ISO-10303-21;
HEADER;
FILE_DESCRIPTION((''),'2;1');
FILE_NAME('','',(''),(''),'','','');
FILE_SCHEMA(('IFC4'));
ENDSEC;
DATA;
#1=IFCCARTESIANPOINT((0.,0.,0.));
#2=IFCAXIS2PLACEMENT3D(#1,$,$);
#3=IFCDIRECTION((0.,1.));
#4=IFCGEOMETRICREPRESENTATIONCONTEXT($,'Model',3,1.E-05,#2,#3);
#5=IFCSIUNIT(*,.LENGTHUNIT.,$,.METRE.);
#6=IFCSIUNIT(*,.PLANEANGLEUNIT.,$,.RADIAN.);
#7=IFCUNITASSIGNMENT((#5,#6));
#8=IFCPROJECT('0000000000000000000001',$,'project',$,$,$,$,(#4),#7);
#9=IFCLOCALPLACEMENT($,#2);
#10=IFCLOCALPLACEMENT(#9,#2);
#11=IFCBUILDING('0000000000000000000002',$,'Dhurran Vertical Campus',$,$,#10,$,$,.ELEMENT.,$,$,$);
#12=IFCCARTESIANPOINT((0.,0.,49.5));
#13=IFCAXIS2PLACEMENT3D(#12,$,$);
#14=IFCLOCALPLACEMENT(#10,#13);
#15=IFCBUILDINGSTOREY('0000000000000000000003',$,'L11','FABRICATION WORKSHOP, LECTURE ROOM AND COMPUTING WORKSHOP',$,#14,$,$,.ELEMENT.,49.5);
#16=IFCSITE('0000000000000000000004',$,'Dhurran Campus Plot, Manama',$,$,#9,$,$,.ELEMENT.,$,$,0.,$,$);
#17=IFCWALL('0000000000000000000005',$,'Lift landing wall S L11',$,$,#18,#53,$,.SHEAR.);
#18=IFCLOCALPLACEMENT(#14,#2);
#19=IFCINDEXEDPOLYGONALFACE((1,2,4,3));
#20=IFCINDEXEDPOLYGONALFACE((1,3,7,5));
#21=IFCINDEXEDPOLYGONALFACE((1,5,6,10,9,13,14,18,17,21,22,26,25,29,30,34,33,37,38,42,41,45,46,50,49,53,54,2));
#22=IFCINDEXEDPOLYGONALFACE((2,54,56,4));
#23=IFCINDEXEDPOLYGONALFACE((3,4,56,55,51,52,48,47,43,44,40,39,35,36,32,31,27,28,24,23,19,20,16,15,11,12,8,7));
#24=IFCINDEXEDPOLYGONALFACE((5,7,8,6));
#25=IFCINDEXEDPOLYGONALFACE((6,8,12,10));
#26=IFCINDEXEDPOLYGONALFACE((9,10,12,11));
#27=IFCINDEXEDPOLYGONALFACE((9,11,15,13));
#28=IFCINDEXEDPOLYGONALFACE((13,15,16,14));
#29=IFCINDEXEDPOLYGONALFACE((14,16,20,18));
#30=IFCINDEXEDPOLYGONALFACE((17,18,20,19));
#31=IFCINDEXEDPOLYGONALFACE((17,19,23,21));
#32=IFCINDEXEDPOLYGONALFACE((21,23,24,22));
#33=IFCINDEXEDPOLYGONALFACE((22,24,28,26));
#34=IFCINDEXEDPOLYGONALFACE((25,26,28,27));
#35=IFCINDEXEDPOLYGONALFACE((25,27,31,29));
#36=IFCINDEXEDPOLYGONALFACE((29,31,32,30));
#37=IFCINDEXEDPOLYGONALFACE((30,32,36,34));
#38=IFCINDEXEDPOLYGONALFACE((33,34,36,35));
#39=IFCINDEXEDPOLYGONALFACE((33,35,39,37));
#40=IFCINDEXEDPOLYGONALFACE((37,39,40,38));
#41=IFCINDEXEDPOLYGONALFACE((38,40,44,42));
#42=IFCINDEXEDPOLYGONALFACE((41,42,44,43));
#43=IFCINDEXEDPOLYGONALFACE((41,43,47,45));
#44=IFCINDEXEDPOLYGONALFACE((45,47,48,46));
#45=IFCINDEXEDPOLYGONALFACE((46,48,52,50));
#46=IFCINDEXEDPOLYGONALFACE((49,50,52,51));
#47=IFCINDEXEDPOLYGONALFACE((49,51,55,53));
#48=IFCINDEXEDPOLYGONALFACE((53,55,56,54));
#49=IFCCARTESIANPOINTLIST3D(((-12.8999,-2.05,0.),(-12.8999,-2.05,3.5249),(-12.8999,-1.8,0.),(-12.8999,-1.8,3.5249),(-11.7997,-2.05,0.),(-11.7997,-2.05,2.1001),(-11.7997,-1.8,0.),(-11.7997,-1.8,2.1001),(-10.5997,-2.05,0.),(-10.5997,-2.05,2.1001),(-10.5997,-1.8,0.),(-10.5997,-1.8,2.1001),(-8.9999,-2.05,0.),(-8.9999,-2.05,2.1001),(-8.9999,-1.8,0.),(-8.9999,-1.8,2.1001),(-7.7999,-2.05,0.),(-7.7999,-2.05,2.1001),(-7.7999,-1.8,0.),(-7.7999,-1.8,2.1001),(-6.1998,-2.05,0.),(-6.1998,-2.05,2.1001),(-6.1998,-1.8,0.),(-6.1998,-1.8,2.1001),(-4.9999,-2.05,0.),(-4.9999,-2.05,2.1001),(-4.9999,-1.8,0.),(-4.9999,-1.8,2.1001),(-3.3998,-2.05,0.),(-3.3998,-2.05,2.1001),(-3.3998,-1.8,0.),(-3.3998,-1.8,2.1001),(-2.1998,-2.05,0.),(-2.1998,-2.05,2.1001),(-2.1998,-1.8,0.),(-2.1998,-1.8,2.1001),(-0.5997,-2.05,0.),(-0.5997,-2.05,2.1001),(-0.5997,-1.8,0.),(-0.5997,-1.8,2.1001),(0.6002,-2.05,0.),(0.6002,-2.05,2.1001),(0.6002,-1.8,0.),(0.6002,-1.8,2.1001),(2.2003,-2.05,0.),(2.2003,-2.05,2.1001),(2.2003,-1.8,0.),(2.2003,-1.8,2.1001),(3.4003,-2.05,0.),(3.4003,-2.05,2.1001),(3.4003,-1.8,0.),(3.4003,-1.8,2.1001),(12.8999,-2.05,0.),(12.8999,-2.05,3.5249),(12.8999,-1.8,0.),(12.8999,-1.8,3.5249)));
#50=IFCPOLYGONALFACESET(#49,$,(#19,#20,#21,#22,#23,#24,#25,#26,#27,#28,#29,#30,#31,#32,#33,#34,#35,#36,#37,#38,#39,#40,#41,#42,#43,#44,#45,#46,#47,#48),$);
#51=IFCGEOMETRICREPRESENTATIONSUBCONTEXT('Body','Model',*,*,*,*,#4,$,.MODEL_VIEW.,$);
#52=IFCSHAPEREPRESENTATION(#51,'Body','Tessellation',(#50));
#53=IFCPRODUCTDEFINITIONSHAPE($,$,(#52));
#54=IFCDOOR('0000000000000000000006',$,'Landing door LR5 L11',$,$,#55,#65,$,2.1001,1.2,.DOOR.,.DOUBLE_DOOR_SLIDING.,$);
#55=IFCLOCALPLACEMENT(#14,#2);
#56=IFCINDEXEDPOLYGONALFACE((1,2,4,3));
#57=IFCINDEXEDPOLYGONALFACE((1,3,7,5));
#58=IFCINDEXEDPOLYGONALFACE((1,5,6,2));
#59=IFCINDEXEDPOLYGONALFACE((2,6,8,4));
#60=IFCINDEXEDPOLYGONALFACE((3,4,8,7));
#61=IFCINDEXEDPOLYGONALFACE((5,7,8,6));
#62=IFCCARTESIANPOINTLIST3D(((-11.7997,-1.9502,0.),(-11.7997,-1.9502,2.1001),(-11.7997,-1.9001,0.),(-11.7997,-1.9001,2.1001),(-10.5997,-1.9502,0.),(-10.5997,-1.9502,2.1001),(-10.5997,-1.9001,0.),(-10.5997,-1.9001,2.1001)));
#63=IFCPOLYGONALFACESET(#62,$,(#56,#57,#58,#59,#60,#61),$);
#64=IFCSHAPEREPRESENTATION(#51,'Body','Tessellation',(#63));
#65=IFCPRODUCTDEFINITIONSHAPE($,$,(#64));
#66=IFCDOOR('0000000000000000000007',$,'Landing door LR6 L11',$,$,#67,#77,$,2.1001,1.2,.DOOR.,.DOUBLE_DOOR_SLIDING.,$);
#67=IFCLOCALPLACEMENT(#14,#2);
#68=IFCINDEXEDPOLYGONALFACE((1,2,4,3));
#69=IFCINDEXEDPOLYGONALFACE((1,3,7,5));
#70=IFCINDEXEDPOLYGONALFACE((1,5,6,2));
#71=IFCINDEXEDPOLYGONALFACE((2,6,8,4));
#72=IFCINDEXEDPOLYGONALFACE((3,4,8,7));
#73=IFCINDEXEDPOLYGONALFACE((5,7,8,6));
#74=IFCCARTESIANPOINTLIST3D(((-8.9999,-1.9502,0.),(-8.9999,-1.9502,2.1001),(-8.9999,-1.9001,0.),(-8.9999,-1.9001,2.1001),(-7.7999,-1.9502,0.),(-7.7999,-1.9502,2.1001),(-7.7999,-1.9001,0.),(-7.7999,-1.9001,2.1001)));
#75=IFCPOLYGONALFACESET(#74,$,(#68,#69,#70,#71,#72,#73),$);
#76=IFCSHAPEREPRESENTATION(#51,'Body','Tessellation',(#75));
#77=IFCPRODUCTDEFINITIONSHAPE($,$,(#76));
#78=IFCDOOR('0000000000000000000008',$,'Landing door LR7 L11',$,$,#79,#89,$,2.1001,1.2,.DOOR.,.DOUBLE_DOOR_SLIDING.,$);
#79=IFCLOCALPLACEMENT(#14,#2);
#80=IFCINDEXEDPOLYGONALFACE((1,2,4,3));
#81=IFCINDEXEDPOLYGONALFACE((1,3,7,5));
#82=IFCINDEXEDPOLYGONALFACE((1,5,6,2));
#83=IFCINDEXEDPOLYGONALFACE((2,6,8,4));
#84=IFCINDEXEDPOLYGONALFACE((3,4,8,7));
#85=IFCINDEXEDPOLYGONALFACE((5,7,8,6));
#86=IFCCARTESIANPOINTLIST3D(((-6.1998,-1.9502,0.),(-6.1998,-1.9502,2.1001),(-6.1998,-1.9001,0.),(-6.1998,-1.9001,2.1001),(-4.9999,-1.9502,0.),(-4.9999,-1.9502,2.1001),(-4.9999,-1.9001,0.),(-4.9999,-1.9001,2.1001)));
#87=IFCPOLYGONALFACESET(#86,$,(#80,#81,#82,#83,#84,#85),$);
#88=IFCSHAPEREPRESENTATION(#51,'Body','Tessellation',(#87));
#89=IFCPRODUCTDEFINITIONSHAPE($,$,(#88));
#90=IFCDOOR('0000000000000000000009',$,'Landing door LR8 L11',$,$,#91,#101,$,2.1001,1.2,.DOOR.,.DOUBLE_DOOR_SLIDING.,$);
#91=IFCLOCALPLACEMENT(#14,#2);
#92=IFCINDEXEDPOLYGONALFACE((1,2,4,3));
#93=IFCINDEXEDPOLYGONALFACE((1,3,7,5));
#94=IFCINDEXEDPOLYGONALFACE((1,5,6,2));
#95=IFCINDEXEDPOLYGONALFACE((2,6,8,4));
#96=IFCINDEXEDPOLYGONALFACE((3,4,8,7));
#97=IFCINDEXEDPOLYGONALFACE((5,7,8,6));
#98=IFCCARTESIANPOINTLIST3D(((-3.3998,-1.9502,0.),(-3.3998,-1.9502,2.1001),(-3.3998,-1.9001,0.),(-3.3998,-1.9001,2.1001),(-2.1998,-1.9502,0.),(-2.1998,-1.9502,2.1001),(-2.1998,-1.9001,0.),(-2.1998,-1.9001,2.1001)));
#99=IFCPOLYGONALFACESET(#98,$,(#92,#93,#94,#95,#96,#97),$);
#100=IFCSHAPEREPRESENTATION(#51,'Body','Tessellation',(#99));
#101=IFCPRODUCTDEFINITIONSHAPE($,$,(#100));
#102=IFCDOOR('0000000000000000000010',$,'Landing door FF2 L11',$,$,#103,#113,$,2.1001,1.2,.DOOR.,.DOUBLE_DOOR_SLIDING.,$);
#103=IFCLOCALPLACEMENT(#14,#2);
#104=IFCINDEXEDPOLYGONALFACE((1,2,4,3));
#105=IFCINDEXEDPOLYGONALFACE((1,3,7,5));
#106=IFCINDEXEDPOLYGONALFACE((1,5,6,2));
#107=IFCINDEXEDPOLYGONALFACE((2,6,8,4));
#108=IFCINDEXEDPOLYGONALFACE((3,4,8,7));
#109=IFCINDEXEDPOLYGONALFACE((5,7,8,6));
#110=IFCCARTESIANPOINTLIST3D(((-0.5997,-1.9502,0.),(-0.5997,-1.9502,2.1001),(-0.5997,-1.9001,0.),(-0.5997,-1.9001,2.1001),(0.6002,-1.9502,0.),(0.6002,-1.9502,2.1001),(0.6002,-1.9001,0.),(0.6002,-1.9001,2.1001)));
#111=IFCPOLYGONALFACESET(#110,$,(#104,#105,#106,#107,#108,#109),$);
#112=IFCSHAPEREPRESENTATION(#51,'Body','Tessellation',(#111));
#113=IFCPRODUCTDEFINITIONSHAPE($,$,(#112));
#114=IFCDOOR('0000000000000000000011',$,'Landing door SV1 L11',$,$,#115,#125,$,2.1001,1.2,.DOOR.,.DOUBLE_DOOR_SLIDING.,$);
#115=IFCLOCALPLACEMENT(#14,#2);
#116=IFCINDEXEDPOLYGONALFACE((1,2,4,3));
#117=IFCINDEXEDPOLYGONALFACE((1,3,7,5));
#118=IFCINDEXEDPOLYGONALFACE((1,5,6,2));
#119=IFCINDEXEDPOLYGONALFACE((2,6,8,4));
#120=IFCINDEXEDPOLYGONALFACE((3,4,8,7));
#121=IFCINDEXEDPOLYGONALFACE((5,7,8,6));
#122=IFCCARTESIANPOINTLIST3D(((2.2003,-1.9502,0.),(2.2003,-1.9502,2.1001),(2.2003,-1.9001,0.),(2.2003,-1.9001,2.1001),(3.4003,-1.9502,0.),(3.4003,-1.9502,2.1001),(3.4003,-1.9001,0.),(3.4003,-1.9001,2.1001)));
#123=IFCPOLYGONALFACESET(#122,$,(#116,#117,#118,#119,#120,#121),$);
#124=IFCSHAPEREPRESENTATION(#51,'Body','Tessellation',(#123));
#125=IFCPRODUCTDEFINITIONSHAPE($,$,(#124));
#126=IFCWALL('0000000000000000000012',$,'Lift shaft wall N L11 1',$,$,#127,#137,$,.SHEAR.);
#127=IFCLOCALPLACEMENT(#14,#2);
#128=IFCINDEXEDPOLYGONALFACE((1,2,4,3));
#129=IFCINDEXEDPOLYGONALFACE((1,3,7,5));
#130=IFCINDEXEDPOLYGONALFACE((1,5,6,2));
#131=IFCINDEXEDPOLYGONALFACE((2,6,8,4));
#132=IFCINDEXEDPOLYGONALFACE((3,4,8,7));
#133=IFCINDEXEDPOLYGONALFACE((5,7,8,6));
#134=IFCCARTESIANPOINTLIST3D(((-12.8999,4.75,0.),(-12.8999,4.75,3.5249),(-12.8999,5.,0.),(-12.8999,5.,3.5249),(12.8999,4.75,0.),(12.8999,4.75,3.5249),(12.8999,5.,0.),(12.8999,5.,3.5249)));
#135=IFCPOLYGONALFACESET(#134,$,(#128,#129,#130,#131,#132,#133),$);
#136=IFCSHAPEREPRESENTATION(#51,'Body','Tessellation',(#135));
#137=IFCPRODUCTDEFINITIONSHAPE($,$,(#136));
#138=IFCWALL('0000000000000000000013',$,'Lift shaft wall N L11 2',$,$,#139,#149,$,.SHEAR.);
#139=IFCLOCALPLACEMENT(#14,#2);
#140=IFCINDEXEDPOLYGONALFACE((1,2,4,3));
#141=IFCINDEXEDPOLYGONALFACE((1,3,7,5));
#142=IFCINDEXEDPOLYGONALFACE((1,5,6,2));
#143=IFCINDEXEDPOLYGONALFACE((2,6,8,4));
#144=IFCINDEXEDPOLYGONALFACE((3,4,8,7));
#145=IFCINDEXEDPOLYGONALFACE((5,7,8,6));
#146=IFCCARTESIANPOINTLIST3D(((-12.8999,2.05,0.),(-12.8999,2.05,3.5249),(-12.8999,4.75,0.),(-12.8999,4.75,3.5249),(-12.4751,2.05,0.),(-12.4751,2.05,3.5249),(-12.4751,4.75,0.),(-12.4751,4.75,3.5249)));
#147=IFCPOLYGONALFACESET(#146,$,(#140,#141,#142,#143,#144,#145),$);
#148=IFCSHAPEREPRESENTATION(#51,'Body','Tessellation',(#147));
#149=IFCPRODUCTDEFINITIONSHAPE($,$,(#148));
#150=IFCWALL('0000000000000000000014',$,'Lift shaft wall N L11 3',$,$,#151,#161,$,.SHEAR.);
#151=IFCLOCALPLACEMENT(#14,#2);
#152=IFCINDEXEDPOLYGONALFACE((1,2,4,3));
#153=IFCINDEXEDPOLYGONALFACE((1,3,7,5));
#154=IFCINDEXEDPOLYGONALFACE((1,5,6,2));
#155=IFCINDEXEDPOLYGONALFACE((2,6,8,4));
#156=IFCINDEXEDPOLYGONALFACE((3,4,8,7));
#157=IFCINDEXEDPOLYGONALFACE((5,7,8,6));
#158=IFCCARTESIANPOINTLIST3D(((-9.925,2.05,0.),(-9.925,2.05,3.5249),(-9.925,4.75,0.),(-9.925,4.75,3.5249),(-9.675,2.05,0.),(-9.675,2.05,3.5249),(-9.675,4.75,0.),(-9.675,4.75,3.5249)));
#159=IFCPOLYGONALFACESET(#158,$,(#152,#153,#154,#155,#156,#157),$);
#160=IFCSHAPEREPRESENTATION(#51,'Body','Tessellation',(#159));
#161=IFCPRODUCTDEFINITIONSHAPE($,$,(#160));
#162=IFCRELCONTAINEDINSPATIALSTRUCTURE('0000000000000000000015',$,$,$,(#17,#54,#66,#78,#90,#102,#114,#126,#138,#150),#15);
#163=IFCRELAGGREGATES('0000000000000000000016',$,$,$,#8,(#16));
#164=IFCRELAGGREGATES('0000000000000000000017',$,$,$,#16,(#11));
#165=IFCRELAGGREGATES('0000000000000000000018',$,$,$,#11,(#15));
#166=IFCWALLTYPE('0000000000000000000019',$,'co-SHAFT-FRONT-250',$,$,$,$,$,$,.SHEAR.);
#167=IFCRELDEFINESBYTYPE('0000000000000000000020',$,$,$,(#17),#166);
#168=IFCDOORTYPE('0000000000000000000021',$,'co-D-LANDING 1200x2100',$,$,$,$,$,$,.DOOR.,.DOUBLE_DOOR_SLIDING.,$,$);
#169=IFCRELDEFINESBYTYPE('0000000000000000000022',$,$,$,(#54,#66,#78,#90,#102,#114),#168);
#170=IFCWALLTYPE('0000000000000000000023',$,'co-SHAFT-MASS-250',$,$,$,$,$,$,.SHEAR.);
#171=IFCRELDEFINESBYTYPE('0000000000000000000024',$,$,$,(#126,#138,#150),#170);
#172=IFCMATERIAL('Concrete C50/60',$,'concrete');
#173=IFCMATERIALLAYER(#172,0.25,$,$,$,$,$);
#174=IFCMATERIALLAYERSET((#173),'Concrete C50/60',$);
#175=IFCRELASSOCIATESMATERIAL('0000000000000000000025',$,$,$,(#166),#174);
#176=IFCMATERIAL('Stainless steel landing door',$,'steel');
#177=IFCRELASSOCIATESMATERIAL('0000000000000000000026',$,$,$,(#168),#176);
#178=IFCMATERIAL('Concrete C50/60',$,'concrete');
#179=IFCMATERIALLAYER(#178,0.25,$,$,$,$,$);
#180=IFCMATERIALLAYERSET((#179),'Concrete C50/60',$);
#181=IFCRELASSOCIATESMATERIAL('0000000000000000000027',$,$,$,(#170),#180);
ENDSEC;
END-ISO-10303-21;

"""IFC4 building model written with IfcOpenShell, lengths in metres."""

from ifc_helpers import new_model, si_unit, direction, frame, frame_2d, origin, place, context, subcontext, project, spatial, polyline, rectangle, outline, extrude, material, layer, layer_set, type_object, element, fill, save


model = new_model("IFC4")

# Units and contexts
model_context = context("Model", 3, precision=1e-05, world=origin(), true_north=direction((0.0, 1.0)))
body_context = subcontext(model_context, "Body", "Model", "MODEL_VIEW")
ifc_project = project(units=[si_unit("LENGTHUNIT", "METRE"), si_unit("PLANEANGLEUNIT", "RADIAN")], contexts=[model_context])

# Site, building, storey
site_placement = place(None, origin())
site = spatial("IfcSite", under=ifc_project, at=site_placement, Name="Dhurran Campus Plot, Manama", CompositionType="ELEMENT", RefElevation=0.0)
building_placement = place(site_placement, origin())
building = spatial("IfcBuilding", under=site, at=building_placement, Name="Dhurran Vertical Campus", CompositionType="ELEMENT")
storey_placement = place(building_placement, frame((0.0, 0.0, 49.5)))
storey = spatial("IfcBuildingStorey", under=building, at=storey_placement, Name="L11", Description="FABRICATION WORKSHOP, LECTURE ROOM AND COMPUTING WORKSHOP", CompositionType="ELEMENT", Elevation=49.5)

# Wall, openings, doors
ifc_material_1 = material(Name="Concrete C50/60", Category="concrete")
ifc_layer_1 = layer(ifc_material_1, 0.25)
ifc_layer_set_1 = layer_set([ifc_layer_1], Name="Concrete C50/60")
wall_type_1 = type_object("IfcWallType", Name="co-SHAFT-FRONT-250", PredefinedType="SHEAR", material=ifc_layer_set_1)
wall_1_placement = place(storey_placement, frame((-12.8999, -1.925, 0.0), z_axis=(0.0, 0.0, 1.0), x_axis=(1.0, 0.0, 0.0)))
wall_1 = element("IfcWall", 1, at=wall_1_placement, inside=storey, type_object=wall_type_1, Name="Lift landing wall S L11", PredefinedType="SHEAR", context=body_context, shape_type="SweptSolid", body=[
    extrude(rectangle(XDim=25.7998, YDim=0.25, at=frame_2d((12.8999, 0.0))), origin(), (0.0, 0.0, 1.0), 3.5249),
])
opening_1_placement = place(wall_1_placement, frame((1.1001, 0.0, 0.0)))
opening_1 = element("IfcOpeningElement", 2, at=opening_1_placement, cuts=wall_1, PredefinedType="OPENING", context=body_context, shape_type="SweptSolid", body=[
    extrude(rectangle(XDim=1.2, YDim=2.1001, at=frame_2d((0.6001, 1.05))), frame((0.0, 0.135, 0.0), z_axis=(0.0, -1.0, 0.0), x_axis=(1.0, 0.0, 0.0)), (0.0, 0.0, 1.0), 0.27),
])
opening_2_placement = place(wall_1_placement, frame((3.8999, 0.0, 0.0)))
opening_2 = element("IfcOpeningElement", 3, at=opening_2_placement, cuts=wall_1, PredefinedType="OPENING", context=body_context, shape_type="SweptSolid", body=[
    extrude(rectangle(XDim=1.2, YDim=2.1001, at=frame_2d((0.6001, 1.05))), frame((0.0, 0.135, 0.0), z_axis=(0.0, -1.0, 0.0), x_axis=(1.0, 0.0, 0.0)), (0.0, 0.0, 1.0), 0.27),
])
opening_3_placement = place(wall_1_placement, frame((6.7, 0.0, 0.0)))
opening_3 = element("IfcOpeningElement", 4, at=opening_3_placement, cuts=wall_1, PredefinedType="OPENING", context=body_context, shape_type="SweptSolid", body=[
    extrude(rectangle(XDim=1.2, YDim=2.1001, at=frame_2d((0.6001, 1.05))), frame((0.0, 0.135, 0.0), z_axis=(0.0, -1.0, 0.0), x_axis=(1.0, 0.0, 0.0)), (0.0, 0.0, 1.0), 0.27),
])
opening_4_placement = place(wall_1_placement, frame((9.5, 0.0, 0.0)))
opening_4 = element("IfcOpeningElement", 5, at=opening_4_placement, cuts=wall_1, PredefinedType="OPENING", context=body_context, shape_type="SweptSolid", body=[
    extrude(rectangle(XDim=1.2, YDim=2.1001, at=frame_2d((0.6001, 1.05))), frame((0.0, 0.135, 0.0), z_axis=(0.0, -1.0, 0.0), x_axis=(1.0, 0.0, 0.0)), (0.0, 0.0, 1.0), 0.27),
])
opening_5_placement = place(wall_1_placement, frame((12.3, 0.0, 0.0)))
opening_5 = element("IfcOpeningElement", 6, at=opening_5_placement, cuts=wall_1, PredefinedType="OPENING", context=body_context, shape_type="SweptSolid", body=[
    extrude(rectangle(XDim=1.2, YDim=2.1001, at=frame_2d((0.6001, 1.05))), frame((0.0, 0.135, 0.0), z_axis=(0.0, -1.0, 0.0), x_axis=(1.0, 0.0, 0.0)), (0.0, 0.0, 1.0), 0.27),
])
opening_6_placement = place(wall_1_placement, frame((15.1001, 0.0, 0.0)))
opening_6 = element("IfcOpeningElement", 7, at=opening_6_placement, cuts=wall_1, PredefinedType="OPENING", context=body_context, shape_type="SweptSolid", body=[
    extrude(rectangle(XDim=1.2, YDim=2.1001, at=frame_2d((0.6001, 1.05))), frame((0.0, 0.135, 0.0), z_axis=(0.0, -1.0, 0.0), x_axis=(1.0, 0.0, 0.0)), (0.0, 0.0, 1.0), 0.27),
])
ifc_material_2 = material(Name="Stainless steel landing door", Category="steel")
door_type_1 = type_object("IfcDoorType", Name="co-D-LANDING 1200x2100", OperationType="DOUBLE_DOOR_SLIDING", PredefinedType="DOOR", material=ifc_material_2)
door_1_placement = place(opening_1_placement, origin())
door_1 = element("IfcDoor", 8, at=door_1_placement, inside=storey, type_object=door_type_1, Name="Landing door LR5 L11", OperationType="DOUBLE_DOOR_SLIDING", OverallHeight=2.1001, OverallWidth=1.2, PredefinedType="DOOR", context=body_context, shape_type="SweptSolid", body=[
    extrude(rectangle(XDim=1.2, YDim=2.1001, at=frame_2d((0.6001, 1.05))), frame((0.0, 0.0249, 0.0), z_axis=(0.0, -1.0, 0.0), x_axis=(1.0, 0.0, 0.0)), (0.0, 0.0, 1.0), 0.05),
])
fill(opening_1, door_1)
door_2_placement = place(opening_2_placement, origin())
door_2 = element("IfcDoor", 9, at=door_2_placement, inside=storey, type_object=door_type_1, Name="Landing door LR6 L11", OperationType="DOUBLE_DOOR_SLIDING", OverallHeight=2.1001, OverallWidth=1.2, PredefinedType="DOOR", context=body_context, shape_type="SweptSolid", body=[
    extrude(rectangle(XDim=1.2, YDim=2.1001, at=frame_2d((0.6001, 1.05))), frame((0.0, 0.0249, 0.0), z_axis=(0.0, -1.0, 0.0), x_axis=(1.0, 0.0, 0.0)), (0.0, 0.0, 1.0), 0.05),
])
fill(opening_2, door_2)
door_3_placement = place(opening_3_placement, origin())
door_3 = element("IfcDoor", 10, at=door_3_placement, inside=storey, type_object=door_type_1, Name="Landing door LR7 L11", OperationType="DOUBLE_DOOR_SLIDING", OverallHeight=2.1001, OverallWidth=1.2, PredefinedType="DOOR", context=body_context, shape_type="SweptSolid", body=[
    extrude(rectangle(XDim=1.2, YDim=2.1001, at=frame_2d((0.6001, 1.05))), frame((0.0, 0.0249, 0.0), z_axis=(0.0, -1.0, 0.0), x_axis=(1.0, 0.0, 0.0)), (0.0, 0.0, 1.0), 0.05),
])
fill(opening_3, door_3)
door_4_placement = place(opening_4_placement, origin())
door_4 = element("IfcDoor", 11, at=door_4_placement, inside=storey, type_object=door_type_1, Name="Landing door LR8 L11", OperationType="DOUBLE_DOOR_SLIDING", OverallHeight=2.1001, OverallWidth=1.2, PredefinedType="DOOR", context=body_context, shape_type="SweptSolid", body=[
    extrude(rectangle(XDim=1.2, YDim=2.1001, at=frame_2d((0.6001, 1.05))), frame((0.0, 0.0249, 0.0), z_axis=(0.0, -1.0, 0.0), x_axis=(1.0, 0.0, 0.0)), (0.0, 0.0, 1.0), 0.05),
])
fill(opening_4, door_4)
door_5_placement = place(opening_5_placement, origin())
door_5 = element("IfcDoor", 12, at=door_5_placement, inside=storey, type_object=door_type_1, Name="Landing door FF2 L11", OperationType="DOUBLE_DOOR_SLIDING", OverallHeight=2.1001, OverallWidth=1.2, PredefinedType="DOOR", context=body_context, shape_type="SweptSolid", body=[
    extrude(rectangle(XDim=1.2, YDim=2.1001, at=frame_2d((0.6001, 1.05))), frame((0.0, 0.0249, 0.0), z_axis=(0.0, -1.0, 0.0), x_axis=(1.0, 0.0, 0.0)), (0.0, 0.0, 1.0), 0.05),
])
fill(opening_5, door_5)
door_6_placement = place(opening_6_placement, origin())
door_6 = element("IfcDoor", 13, at=door_6_placement, inside=storey, type_object=door_type_1, Name="Landing door SV1 L11", OperationType="DOUBLE_DOOR_SLIDING", OverallHeight=2.1001, OverallWidth=1.2, PredefinedType="DOOR", context=body_context, shape_type="SweptSolid", body=[
    extrude(rectangle(XDim=1.2, YDim=2.1001, at=frame_2d((0.6001, 1.05))), frame((0.0, 0.0249, 0.0), z_axis=(0.0, -1.0, 0.0), x_axis=(1.0, 0.0, 0.0)), (0.0, 0.0, 1.0), 0.05),
])
fill(opening_6, door_6)

# Walls
ifc_material_3 = material(Name="Concrete C50/60", Category="concrete")
ifc_layer_2 = layer(ifc_material_3, 0.25)
ifc_layer_set_2 = layer_set([ifc_layer_2], Name="Concrete C50/60")
wall_type_2 = type_object("IfcWallType", Name="co-SHAFT-MASS-250", PredefinedType="SHEAR", material=ifc_layer_set_2)
wall_2_placement = place(storey_placement, origin())
element("IfcWall", 14, at=wall_2_placement, inside=storey, type_object=wall_type_2, Name="Lift shaft wall N L11 1", PredefinedType="SHEAR", context=body_context, shape_type="SweptSolid", body=[
    extrude(outline(polyline([(-12.8999, 4.75), (12.8999, 4.75), (12.8999, 5.0), (-12.8999, 5.0), (-12.8999, 4.75)])), origin(), (0.0, 0.0, 1.0), 3.5249),
])
wall_3_placement = place(storey_placement, origin())
element("IfcWall", 15, at=wall_3_placement, inside=storey, type_object=wall_type_2, Name="Lift shaft wall N L11 2", PredefinedType="SHEAR", context=body_context, shape_type="SweptSolid", body=[
    extrude(outline(polyline([(-12.8999, 2.05), (-12.4751, 2.05), (-12.4751, 4.75), (-12.8999, 4.75), (-12.8999, 2.05)])), origin(), (0.0, 0.0, 1.0), 3.5249),
])
wall_4_placement = place(storey_placement, origin())
element("IfcWall", 16, at=wall_4_placement, inside=storey, type_object=wall_type_2, Name="Lift shaft wall N L11 3", PredefinedType="SHEAR", context=body_context, shape_type="SweptSolid", body=[
    extrude(outline(polyline([(-9.925, 2.05), (-9.675, 2.05), (-9.675, 4.75), (-9.925, 4.75), (-9.925, 2.05)])), origin(), (0.0, 0.0, 1.0), 3.5249),
])

save(model, "model.ifc")
